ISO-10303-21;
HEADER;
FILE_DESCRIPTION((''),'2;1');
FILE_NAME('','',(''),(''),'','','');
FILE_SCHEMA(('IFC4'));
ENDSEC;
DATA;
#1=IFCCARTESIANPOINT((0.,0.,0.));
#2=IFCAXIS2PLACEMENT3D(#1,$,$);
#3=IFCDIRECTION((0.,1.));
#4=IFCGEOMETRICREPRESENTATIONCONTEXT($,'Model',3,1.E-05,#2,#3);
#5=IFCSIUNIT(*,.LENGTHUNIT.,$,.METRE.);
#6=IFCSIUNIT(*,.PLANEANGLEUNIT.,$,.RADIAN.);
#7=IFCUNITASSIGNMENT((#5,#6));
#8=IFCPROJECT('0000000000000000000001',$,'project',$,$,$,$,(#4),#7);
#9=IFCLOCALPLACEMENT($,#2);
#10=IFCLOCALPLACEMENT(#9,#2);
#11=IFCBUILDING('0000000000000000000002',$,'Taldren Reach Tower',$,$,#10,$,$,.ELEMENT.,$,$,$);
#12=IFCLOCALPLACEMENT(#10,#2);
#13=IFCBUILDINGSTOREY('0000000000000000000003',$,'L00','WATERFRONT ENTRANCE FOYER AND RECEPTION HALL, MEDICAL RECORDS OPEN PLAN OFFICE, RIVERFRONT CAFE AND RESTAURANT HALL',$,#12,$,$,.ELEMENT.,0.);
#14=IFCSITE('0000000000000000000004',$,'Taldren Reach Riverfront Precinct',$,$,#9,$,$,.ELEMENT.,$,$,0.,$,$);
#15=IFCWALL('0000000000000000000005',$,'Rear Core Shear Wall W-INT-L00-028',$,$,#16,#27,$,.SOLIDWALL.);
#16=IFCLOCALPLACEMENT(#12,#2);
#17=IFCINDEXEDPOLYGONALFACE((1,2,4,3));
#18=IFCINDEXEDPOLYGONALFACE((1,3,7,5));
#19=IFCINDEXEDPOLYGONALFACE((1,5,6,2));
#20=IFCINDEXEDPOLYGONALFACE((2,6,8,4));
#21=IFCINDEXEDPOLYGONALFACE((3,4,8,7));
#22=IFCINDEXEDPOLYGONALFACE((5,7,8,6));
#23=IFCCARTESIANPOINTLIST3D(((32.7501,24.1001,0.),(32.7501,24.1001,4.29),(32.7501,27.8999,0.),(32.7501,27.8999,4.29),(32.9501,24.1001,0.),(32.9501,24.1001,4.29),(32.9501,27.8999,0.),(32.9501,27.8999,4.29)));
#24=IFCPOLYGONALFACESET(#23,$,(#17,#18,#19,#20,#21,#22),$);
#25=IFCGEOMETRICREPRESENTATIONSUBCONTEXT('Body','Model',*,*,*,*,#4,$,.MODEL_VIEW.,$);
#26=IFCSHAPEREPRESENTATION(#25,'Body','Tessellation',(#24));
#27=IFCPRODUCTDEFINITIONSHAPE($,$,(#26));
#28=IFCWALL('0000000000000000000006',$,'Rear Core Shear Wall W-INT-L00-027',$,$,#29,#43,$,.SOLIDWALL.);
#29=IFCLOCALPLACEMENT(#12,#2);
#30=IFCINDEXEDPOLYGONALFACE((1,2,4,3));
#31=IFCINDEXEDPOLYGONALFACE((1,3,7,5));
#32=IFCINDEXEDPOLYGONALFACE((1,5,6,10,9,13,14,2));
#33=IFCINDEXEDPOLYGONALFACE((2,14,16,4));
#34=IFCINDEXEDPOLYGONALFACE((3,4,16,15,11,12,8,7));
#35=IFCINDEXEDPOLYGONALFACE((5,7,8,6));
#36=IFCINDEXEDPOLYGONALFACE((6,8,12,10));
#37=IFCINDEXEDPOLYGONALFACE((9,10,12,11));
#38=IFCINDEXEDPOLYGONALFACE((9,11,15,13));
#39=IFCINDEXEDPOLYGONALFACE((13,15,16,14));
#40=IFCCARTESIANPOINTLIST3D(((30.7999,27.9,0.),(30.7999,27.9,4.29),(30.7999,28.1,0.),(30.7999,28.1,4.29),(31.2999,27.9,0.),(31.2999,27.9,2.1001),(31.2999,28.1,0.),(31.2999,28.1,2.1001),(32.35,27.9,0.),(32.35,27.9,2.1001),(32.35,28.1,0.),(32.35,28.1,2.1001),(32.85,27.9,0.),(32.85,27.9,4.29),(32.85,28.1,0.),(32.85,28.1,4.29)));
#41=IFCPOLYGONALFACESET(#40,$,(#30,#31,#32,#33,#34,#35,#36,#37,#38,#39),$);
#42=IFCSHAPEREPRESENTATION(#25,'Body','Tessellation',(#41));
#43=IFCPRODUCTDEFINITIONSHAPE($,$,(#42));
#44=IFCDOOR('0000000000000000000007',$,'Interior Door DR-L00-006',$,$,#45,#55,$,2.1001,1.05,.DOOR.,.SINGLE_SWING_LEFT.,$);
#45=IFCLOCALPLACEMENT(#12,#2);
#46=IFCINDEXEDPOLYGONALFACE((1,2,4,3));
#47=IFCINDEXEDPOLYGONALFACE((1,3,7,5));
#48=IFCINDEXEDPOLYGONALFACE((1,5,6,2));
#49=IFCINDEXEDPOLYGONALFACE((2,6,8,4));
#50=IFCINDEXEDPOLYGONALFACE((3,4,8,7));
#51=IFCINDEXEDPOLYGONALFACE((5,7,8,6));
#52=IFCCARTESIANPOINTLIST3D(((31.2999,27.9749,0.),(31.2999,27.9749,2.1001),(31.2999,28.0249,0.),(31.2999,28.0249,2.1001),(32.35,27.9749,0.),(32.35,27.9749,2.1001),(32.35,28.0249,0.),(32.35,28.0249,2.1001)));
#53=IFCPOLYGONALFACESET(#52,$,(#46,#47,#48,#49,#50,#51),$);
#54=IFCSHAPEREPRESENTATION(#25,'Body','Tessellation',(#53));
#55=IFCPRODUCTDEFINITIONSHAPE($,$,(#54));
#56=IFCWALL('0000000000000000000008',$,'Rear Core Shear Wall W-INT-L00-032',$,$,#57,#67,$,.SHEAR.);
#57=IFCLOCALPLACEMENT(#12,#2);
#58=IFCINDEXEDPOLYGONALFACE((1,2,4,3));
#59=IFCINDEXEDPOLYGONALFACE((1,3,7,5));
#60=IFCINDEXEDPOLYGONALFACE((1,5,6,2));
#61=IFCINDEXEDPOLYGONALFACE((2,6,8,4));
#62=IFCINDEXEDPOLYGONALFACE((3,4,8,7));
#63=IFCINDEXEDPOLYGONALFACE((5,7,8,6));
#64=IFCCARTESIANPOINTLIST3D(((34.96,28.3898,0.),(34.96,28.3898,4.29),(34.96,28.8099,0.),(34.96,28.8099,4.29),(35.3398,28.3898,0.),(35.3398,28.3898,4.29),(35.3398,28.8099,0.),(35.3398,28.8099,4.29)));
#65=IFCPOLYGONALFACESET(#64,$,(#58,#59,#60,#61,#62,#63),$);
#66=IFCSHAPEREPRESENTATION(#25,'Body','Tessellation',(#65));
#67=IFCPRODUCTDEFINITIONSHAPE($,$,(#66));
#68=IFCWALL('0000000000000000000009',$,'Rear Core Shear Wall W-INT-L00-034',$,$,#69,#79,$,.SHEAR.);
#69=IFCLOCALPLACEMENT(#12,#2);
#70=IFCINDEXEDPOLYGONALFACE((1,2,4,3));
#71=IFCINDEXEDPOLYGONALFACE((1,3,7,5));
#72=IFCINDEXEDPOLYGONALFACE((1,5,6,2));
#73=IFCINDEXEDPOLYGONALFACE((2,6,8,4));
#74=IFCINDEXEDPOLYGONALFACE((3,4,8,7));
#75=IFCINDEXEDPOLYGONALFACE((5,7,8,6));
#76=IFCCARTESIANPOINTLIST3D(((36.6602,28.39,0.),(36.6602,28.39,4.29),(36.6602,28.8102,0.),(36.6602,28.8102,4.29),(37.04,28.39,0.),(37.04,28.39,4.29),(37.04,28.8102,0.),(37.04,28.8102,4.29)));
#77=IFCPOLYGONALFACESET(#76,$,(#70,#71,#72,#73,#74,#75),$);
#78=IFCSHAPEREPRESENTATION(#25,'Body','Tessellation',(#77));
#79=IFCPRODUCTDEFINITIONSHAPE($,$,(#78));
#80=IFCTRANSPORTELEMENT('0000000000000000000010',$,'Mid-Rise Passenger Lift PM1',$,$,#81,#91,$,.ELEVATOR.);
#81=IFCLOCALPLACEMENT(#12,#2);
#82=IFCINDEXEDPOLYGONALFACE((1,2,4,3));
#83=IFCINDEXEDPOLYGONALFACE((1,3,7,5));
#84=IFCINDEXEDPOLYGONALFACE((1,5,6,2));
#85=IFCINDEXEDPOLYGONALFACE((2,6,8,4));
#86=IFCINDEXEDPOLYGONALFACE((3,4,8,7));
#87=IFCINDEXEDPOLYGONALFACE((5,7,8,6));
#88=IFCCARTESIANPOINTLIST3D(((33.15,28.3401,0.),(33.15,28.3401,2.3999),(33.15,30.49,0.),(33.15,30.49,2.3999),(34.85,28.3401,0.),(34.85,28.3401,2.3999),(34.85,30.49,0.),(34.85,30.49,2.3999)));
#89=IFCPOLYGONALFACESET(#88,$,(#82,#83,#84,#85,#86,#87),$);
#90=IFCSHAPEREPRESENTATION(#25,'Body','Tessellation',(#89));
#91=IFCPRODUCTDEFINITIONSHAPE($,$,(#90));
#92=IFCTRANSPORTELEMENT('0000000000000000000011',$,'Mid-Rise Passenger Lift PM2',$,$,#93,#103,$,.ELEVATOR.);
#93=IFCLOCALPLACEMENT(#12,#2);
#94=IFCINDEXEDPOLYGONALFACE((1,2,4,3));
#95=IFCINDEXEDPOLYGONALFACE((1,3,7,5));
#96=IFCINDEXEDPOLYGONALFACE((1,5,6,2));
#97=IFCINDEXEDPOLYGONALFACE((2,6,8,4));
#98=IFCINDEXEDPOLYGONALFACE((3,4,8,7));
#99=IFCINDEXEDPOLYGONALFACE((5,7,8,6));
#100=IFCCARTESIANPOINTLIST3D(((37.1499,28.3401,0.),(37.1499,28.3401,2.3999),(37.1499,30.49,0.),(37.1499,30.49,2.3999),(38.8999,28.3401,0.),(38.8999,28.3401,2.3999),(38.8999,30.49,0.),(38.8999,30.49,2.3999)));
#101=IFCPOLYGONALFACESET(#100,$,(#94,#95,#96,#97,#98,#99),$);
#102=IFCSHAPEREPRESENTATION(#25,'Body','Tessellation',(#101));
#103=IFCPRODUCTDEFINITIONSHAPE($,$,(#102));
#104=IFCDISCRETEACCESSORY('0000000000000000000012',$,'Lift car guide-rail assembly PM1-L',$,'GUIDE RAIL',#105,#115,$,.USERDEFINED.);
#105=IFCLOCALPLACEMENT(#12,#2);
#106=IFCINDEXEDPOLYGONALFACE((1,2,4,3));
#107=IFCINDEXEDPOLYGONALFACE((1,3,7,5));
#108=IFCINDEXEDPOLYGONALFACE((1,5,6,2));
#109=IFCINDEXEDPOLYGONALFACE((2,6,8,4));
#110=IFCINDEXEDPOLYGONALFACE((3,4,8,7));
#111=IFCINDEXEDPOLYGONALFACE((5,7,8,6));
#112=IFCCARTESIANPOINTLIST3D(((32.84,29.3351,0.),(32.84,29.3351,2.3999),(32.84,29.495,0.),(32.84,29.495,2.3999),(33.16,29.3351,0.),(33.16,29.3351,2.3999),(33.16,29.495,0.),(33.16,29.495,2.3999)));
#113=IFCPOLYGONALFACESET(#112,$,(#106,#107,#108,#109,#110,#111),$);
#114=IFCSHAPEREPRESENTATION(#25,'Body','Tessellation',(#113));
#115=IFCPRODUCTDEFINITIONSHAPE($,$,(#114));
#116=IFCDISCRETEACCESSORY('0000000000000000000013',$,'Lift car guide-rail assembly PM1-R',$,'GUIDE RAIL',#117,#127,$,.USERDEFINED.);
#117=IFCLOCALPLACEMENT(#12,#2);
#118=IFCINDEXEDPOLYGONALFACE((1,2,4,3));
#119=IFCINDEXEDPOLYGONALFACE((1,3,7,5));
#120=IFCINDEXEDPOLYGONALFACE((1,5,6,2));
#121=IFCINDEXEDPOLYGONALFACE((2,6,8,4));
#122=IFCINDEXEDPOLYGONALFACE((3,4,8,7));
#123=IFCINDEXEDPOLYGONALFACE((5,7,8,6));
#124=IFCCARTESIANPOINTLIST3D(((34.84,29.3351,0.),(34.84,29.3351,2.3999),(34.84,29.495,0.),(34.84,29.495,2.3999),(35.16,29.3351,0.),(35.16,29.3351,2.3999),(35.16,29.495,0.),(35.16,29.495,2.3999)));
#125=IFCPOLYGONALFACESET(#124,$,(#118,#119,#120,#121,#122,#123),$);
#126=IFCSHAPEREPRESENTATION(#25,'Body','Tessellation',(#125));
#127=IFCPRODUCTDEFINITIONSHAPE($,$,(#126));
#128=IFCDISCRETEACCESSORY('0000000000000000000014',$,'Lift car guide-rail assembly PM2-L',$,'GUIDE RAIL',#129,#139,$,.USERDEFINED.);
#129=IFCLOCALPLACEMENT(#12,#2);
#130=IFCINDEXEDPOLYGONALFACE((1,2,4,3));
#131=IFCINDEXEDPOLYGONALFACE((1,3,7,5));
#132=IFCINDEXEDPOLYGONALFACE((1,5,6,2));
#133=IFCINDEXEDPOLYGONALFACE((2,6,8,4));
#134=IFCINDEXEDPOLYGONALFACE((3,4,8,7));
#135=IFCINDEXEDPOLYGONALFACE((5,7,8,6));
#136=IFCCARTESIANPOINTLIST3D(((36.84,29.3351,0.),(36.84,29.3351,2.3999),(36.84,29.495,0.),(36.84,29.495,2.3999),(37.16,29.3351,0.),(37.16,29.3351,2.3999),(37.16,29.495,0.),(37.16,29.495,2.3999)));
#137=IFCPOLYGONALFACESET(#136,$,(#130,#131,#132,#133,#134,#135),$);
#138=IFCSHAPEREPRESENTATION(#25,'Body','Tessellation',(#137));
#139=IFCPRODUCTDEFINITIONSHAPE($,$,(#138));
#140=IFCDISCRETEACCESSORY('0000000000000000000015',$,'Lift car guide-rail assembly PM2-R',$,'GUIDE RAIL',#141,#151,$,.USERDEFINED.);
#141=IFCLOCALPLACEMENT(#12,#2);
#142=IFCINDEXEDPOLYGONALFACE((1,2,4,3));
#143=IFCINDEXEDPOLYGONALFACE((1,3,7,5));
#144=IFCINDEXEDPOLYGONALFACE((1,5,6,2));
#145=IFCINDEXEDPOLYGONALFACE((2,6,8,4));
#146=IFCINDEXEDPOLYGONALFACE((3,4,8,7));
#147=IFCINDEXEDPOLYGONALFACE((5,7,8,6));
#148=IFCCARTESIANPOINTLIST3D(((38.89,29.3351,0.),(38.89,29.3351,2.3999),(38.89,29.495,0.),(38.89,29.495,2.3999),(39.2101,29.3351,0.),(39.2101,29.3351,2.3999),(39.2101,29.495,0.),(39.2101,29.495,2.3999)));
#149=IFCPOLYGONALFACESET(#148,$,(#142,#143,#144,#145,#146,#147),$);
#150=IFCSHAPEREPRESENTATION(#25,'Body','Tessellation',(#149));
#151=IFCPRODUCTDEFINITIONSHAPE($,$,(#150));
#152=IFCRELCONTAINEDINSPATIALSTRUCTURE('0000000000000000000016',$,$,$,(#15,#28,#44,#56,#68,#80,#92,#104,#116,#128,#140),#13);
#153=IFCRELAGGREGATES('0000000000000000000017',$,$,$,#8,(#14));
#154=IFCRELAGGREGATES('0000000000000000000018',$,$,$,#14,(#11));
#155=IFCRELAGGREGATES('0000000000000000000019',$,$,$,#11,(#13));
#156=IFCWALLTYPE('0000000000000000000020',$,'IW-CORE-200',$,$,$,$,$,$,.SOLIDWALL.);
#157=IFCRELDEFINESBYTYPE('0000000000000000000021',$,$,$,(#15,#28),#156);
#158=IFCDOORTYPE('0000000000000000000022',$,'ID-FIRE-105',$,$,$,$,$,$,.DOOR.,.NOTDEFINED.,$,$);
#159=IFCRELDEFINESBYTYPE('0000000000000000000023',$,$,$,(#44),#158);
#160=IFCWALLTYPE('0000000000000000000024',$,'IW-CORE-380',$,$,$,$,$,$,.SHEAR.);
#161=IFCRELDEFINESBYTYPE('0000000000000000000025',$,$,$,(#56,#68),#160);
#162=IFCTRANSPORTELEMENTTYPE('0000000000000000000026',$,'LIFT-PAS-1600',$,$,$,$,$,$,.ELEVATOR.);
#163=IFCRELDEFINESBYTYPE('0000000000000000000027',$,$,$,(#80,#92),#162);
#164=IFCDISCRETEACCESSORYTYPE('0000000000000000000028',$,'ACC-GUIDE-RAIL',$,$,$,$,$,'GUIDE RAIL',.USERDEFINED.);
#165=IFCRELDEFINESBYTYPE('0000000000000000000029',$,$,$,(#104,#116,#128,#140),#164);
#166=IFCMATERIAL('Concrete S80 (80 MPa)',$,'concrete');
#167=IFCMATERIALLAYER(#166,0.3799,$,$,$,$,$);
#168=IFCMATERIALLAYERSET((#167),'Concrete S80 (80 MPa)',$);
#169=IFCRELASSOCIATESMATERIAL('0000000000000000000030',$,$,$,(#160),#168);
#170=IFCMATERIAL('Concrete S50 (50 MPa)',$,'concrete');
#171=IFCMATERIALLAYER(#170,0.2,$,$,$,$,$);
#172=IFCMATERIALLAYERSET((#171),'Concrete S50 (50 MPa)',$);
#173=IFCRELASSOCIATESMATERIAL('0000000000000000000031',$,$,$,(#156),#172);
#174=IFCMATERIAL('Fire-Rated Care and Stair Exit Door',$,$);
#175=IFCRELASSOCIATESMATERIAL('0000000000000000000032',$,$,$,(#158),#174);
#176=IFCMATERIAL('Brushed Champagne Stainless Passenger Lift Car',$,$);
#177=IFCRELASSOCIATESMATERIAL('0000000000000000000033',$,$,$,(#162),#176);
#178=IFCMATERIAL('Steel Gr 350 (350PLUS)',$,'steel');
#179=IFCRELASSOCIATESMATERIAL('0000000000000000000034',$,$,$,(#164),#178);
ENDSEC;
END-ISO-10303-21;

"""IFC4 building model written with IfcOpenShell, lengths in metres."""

from ifc_helpers import new_model, si_unit, direction, frame, frame_2d, origin, origin_2d, place, context, subcontext, project, spatial, rectangle, extrude, source, transform, mapped, material, layer, layer_set, type_object, element, fill, save


model = new_model("IFC4")

# Units and contexts
model_context = context("Model", 3, precision=1e-05, world=origin(), true_north=direction((0.0, 1.0)))
body_context = subcontext(model_context, "Body", "Model", "MODEL_VIEW")
ifc_project = project(units=[si_unit("LENGTHUNIT", "METRE"), si_unit("PLANEANGLEUNIT", "RADIAN")], contexts=[model_context])

# Site, building, storey
site_placement = place(None, origin())
site = spatial("IfcSite", under=ifc_project, at=site_placement, Name="Taldren Reach Riverfront Precinct", CompositionType="ELEMENT", RefElevation=0.0)
building_placement = place(site_placement, origin())
building = spatial("IfcBuilding", under=site, at=building_placement, Name="Taldren Reach Tower", CompositionType="ELEMENT")
storey_placement = place(building_placement, origin())
storey = spatial("IfcBuildingStorey", under=building, at=storey_placement, Name="L00", Description="WATERFRONT ENTRANCE FOYER AND RECEPTION HALL, MEDICAL RECORDS OPEN PLAN OFFICE, RIVERFRONT CAFE AND RESTAURANT HALL", CompositionType="ELEMENT", Elevation=0.0)

# Shared definitions
ifc_material_1 = material(Name="Steel Gr 350 (350PLUS)", Category="steel")

# Wall
ifc_material_2 = material(Name="Concrete S80 (80 MPa)", Category="concrete")
ifc_layer_1 = layer(ifc_material_2, 0.3799)
ifc_layer_set_1 = layer_set([ifc_layer_1], Name="Concrete S80 (80 MPa)")
wall_type_1 = type_object("IfcWallType", Name="IW-CORE-380", PredefinedType="SHEAR", material=ifc_layer_set_1)
ifc_material_3 = material(Name="Concrete S50 (50 MPa)", Category="concrete")
ifc_layer_2 = layer(ifc_material_3, 0.2)
ifc_layer_set_2 = layer_set([ifc_layer_2], Name="Concrete S50 (50 MPa)")
wall_type_2 = type_object("IfcWallType", Name="IW-CORE-200", PredefinedType="SOLIDWALL", material=ifc_layer_set_2)
shared_shape_1 = source(origin(), body_context, "Body", "SweptSolid", [
    extrude(rectangle(XDim=3.7998, YDim=0.2, at=frame_2d((1.8999, 0.0))), origin(), (0.0, 0.0, 1.0), 4.29),
])
for number, where, z_axis, x_axis, name in (
    (1, (32.8501, 27.8999, 0.0), (0.0, 0.0, 1.0), (0.0, -1.0, 0.0), "Rear Core Shear Wall W-INT-L00-028"),
):
    element("IfcWall", number, at=place(storey_placement, frame(where, z_axis=z_axis, x_axis=x_axis)), inside=storey, type_object=wall_type_2, Name=name, PredefinedType="SOLIDWALL", context=body_context, shape_type="MappedRepresentation", body=[
        mapped(shared_shape_1, transform((0.0, 0.0, 0.0), scale=1.0)),
    ])

# Wall, opening, door
shared_shape_2 = source(origin(), body_context, "Body", "SweptSolid", [
    extrude(rectangle(XDim=2.05, YDim=0.2, at=frame_2d((1.0249, 0.0))), origin(), (0.0, 0.0, 1.0), 4.29),
])
wall_1_placement = place(storey_placement, frame((30.8, 28.0, 0.0), z_axis=(0.0, 0.0, 1.0), x_axis=(1.0, 0.0, 0.0)))
wall_1 = element("IfcWall", 2, at=wall_1_placement, inside=storey, type_object=wall_type_2, Name="Rear Core Shear Wall W-INT-L00-027", PredefinedType="SOLIDWALL", context=body_context, shape_type="MappedRepresentation", body=[
    mapped(shared_shape_2, transform((0.0, 0.0, 0.0), scale=1.0)),
])
shared_shape_3 = source(origin(), body_context, "Body", "SweptSolid", [
    extrude(rectangle(XDim=1.05, YDim=2.1001, at=frame_2d((0.5249, 1.05))), frame((0.0, 0.1099, 0.0), z_axis=(0.0, -1.0, 0.0), x_axis=(1.0, 0.0, 0.0)), (0.0, 0.0, 1.0), 0.22),
])
opening_1_placement = place(wall_1_placement, frame((0.5, 0.0, 0.0)))
opening_1 = element("IfcOpeningElement", 3, at=opening_1_placement, cuts=wall_1, PredefinedType="OPENING", context=body_context, shape_type="MappedRepresentation", body=[
    mapped(shared_shape_3, transform((0.0, 0.0, 0.0), scale=1.0)),
])
ifc_material_4 = material(Name="Fire-Rated Care and Stair Exit Door")
door_type_1 = type_object("IfcDoorType", Name="ID-FIRE-105", OperationType="NOTDEFINED", PredefinedType="DOOR", material=ifc_material_4)
shared_shape_4 = source(origin(), body_context, "Body", "SweptSolid", [
    extrude(rectangle(XDim=1.05, YDim=2.1001, at=frame_2d((0.5249, 1.05))), frame((0.0, 0.0249, 0.0), z_axis=(0.0, -1.0, 0.0), x_axis=(1.0, 0.0, 0.0)), (0.0, 0.0, 1.0), 0.05),
])
door_1_placement = place(opening_1_placement, origin())
door_1 = element("IfcDoor", 4, at=door_1_placement, inside=storey, type_object=door_type_1, Name="Interior Door DR-L00-006", OperationType="SINGLE_SWING_LEFT", OverallHeight=2.1001, OverallWidth=1.05, PredefinedType="DOOR", context=body_context, shape_type="MappedRepresentation", body=[
    mapped(shared_shape_4, transform((0.0, 0.0, 0.0), scale=1.0)),
])
fill(opening_1, door_1)

# Walls
shared_shape_5 = source(origin(), body_context, "Body", "SweptSolid", [
    extrude(rectangle(XDim=0.4202, YDim=0.3799, at=frame_2d((0.21, 0.0))), origin(), (0.0, 0.0, 1.0), 4.29),
])
for number, where, z_axis, x_axis, name in (
    (5, (35.1499, 28.3899, 0.0), (0.0, 0.0, 1.0), (0.0, 1.0, 0.0), "Rear Core Shear Wall W-INT-L00-032"),
    (6, (36.8501, 28.8101, 0.0), (0.0, 0.0, 1.0), (0.0, -1.0, 0.0), "Rear Core Shear Wall W-INT-L00-034"),
):
    element("IfcWall", number, at=place(storey_placement, frame(where, z_axis=z_axis, x_axis=x_axis)), inside=storey, type_object=wall_type_1, Name=name, PredefinedType="SHEAR", context=body_context, shape_type="MappedRepresentation", body=[
        mapped(shared_shape_5, transform((0.0, 0.0, 0.0), scale=1.0)),
    ])

# Transport elements
ifc_material_5 = material(Name="Brushed Champagne Stainless Passenger Lift Car")
transport_element_type = type_object("IfcTransportElementType", Name="LIFT-PAS-1600", PredefinedType="ELEVATOR", material=ifc_material_5)
shared_shape_6 = source(origin(), body_context, "Body", "SweptSolid", [
    extrude(rectangle(XDim=1.7, YDim=2.1499, at=origin_2d()), origin(), (0.0, 0.0, 1.0), 2.3999),
])
transport_element_1_placement = place(storey_placement, frame((34.0, 29.415, 0.0), z_axis=(0.0, 0.0, 1.0), x_axis=(1.0, 0.0, 0.0)))
element("IfcTransportElement", 7, at=transport_element_1_placement, inside=storey, type_object=transport_element_type, Name="Mid-Rise Passenger Lift PM1", PredefinedType="ELEVATOR", context=body_context, shape_type="MappedRepresentation", body=[
    mapped(shared_shape_6, transform((0.0, 0.0, 0.0), scale=1.0)),
])
shared_shape_7 = source(origin(), body_context, "Body", "SweptSolid", [
    extrude(rectangle(XDim=1.75, YDim=2.1499, at=origin_2d()), origin(), (0.0, 0.0, 1.0), 2.3999),
])
transport_element_2_placement = place(storey_placement, frame((38.0249, 29.415, 0.0), z_axis=(0.0, 0.0, 1.0), x_axis=(1.0, 0.0, 0.0)))
element("IfcTransportElement", 8, at=transport_element_2_placement, inside=storey, type_object=transport_element_type, Name="Mid-Rise Passenger Lift PM2", PredefinedType="ELEVATOR", context=body_context, shape_type="MappedRepresentation", body=[
    mapped(shared_shape_7, transform((0.0, 0.0, 0.0), scale=1.0)),
])

# Discrete accessories
discrete_accessory_type = type_object("IfcDiscreteAccessoryType", Name="ACC-GUIDE-RAIL", ElementType="GUIDE RAIL", PredefinedType="USERDEFINED", material=ifc_material_1)
shared_shape_8 = source(origin(), body_context, "Body", "SweptSolid", [
    extrude(rectangle(XDim=0.3201, YDim=0.1599, at=origin_2d()), origin(), (0.0, 0.0, 1.0), 2.3999),
])
for number, where, z_axis, x_axis, name in (
    (9, (33.0, 29.415, 0.0), (0.0, 0.0, 1.0), (1.0, 0.0, 0.0), "Lift car guide-rail assembly PM1-L"),
    (10, (35.0, 29.415, 0.0), (0.0, 0.0, 1.0), (1.0, 0.0, 0.0), "Lift car guide-rail assembly PM1-R"),
    (11, (37.0, 29.415, 0.0), (0.0, 0.0, 1.0), (1.0, 0.0, 0.0), "Lift car guide-rail assembly PM2-L"),
    (12, (39.05, 29.415, 0.0), (0.0, 0.0, 1.0), (1.0, 0.0, 0.0), "Lift car guide-rail assembly PM2-R"),
):
    element("IfcDiscreteAccessory", number, at=place(storey_placement, frame(where, z_axis=z_axis, x_axis=x_axis)), inside=storey, type_object=discrete_accessory_type, Name=name, ObjectType="GUIDE RAIL", PredefinedType="USERDEFINED", context=body_context, shape_type="MappedRepresentation", body=[
        mapped(shared_shape_8, transform((0.0, 0.0, 0.0), scale=1.0)),
    ])

save(model, "model.ifc")
